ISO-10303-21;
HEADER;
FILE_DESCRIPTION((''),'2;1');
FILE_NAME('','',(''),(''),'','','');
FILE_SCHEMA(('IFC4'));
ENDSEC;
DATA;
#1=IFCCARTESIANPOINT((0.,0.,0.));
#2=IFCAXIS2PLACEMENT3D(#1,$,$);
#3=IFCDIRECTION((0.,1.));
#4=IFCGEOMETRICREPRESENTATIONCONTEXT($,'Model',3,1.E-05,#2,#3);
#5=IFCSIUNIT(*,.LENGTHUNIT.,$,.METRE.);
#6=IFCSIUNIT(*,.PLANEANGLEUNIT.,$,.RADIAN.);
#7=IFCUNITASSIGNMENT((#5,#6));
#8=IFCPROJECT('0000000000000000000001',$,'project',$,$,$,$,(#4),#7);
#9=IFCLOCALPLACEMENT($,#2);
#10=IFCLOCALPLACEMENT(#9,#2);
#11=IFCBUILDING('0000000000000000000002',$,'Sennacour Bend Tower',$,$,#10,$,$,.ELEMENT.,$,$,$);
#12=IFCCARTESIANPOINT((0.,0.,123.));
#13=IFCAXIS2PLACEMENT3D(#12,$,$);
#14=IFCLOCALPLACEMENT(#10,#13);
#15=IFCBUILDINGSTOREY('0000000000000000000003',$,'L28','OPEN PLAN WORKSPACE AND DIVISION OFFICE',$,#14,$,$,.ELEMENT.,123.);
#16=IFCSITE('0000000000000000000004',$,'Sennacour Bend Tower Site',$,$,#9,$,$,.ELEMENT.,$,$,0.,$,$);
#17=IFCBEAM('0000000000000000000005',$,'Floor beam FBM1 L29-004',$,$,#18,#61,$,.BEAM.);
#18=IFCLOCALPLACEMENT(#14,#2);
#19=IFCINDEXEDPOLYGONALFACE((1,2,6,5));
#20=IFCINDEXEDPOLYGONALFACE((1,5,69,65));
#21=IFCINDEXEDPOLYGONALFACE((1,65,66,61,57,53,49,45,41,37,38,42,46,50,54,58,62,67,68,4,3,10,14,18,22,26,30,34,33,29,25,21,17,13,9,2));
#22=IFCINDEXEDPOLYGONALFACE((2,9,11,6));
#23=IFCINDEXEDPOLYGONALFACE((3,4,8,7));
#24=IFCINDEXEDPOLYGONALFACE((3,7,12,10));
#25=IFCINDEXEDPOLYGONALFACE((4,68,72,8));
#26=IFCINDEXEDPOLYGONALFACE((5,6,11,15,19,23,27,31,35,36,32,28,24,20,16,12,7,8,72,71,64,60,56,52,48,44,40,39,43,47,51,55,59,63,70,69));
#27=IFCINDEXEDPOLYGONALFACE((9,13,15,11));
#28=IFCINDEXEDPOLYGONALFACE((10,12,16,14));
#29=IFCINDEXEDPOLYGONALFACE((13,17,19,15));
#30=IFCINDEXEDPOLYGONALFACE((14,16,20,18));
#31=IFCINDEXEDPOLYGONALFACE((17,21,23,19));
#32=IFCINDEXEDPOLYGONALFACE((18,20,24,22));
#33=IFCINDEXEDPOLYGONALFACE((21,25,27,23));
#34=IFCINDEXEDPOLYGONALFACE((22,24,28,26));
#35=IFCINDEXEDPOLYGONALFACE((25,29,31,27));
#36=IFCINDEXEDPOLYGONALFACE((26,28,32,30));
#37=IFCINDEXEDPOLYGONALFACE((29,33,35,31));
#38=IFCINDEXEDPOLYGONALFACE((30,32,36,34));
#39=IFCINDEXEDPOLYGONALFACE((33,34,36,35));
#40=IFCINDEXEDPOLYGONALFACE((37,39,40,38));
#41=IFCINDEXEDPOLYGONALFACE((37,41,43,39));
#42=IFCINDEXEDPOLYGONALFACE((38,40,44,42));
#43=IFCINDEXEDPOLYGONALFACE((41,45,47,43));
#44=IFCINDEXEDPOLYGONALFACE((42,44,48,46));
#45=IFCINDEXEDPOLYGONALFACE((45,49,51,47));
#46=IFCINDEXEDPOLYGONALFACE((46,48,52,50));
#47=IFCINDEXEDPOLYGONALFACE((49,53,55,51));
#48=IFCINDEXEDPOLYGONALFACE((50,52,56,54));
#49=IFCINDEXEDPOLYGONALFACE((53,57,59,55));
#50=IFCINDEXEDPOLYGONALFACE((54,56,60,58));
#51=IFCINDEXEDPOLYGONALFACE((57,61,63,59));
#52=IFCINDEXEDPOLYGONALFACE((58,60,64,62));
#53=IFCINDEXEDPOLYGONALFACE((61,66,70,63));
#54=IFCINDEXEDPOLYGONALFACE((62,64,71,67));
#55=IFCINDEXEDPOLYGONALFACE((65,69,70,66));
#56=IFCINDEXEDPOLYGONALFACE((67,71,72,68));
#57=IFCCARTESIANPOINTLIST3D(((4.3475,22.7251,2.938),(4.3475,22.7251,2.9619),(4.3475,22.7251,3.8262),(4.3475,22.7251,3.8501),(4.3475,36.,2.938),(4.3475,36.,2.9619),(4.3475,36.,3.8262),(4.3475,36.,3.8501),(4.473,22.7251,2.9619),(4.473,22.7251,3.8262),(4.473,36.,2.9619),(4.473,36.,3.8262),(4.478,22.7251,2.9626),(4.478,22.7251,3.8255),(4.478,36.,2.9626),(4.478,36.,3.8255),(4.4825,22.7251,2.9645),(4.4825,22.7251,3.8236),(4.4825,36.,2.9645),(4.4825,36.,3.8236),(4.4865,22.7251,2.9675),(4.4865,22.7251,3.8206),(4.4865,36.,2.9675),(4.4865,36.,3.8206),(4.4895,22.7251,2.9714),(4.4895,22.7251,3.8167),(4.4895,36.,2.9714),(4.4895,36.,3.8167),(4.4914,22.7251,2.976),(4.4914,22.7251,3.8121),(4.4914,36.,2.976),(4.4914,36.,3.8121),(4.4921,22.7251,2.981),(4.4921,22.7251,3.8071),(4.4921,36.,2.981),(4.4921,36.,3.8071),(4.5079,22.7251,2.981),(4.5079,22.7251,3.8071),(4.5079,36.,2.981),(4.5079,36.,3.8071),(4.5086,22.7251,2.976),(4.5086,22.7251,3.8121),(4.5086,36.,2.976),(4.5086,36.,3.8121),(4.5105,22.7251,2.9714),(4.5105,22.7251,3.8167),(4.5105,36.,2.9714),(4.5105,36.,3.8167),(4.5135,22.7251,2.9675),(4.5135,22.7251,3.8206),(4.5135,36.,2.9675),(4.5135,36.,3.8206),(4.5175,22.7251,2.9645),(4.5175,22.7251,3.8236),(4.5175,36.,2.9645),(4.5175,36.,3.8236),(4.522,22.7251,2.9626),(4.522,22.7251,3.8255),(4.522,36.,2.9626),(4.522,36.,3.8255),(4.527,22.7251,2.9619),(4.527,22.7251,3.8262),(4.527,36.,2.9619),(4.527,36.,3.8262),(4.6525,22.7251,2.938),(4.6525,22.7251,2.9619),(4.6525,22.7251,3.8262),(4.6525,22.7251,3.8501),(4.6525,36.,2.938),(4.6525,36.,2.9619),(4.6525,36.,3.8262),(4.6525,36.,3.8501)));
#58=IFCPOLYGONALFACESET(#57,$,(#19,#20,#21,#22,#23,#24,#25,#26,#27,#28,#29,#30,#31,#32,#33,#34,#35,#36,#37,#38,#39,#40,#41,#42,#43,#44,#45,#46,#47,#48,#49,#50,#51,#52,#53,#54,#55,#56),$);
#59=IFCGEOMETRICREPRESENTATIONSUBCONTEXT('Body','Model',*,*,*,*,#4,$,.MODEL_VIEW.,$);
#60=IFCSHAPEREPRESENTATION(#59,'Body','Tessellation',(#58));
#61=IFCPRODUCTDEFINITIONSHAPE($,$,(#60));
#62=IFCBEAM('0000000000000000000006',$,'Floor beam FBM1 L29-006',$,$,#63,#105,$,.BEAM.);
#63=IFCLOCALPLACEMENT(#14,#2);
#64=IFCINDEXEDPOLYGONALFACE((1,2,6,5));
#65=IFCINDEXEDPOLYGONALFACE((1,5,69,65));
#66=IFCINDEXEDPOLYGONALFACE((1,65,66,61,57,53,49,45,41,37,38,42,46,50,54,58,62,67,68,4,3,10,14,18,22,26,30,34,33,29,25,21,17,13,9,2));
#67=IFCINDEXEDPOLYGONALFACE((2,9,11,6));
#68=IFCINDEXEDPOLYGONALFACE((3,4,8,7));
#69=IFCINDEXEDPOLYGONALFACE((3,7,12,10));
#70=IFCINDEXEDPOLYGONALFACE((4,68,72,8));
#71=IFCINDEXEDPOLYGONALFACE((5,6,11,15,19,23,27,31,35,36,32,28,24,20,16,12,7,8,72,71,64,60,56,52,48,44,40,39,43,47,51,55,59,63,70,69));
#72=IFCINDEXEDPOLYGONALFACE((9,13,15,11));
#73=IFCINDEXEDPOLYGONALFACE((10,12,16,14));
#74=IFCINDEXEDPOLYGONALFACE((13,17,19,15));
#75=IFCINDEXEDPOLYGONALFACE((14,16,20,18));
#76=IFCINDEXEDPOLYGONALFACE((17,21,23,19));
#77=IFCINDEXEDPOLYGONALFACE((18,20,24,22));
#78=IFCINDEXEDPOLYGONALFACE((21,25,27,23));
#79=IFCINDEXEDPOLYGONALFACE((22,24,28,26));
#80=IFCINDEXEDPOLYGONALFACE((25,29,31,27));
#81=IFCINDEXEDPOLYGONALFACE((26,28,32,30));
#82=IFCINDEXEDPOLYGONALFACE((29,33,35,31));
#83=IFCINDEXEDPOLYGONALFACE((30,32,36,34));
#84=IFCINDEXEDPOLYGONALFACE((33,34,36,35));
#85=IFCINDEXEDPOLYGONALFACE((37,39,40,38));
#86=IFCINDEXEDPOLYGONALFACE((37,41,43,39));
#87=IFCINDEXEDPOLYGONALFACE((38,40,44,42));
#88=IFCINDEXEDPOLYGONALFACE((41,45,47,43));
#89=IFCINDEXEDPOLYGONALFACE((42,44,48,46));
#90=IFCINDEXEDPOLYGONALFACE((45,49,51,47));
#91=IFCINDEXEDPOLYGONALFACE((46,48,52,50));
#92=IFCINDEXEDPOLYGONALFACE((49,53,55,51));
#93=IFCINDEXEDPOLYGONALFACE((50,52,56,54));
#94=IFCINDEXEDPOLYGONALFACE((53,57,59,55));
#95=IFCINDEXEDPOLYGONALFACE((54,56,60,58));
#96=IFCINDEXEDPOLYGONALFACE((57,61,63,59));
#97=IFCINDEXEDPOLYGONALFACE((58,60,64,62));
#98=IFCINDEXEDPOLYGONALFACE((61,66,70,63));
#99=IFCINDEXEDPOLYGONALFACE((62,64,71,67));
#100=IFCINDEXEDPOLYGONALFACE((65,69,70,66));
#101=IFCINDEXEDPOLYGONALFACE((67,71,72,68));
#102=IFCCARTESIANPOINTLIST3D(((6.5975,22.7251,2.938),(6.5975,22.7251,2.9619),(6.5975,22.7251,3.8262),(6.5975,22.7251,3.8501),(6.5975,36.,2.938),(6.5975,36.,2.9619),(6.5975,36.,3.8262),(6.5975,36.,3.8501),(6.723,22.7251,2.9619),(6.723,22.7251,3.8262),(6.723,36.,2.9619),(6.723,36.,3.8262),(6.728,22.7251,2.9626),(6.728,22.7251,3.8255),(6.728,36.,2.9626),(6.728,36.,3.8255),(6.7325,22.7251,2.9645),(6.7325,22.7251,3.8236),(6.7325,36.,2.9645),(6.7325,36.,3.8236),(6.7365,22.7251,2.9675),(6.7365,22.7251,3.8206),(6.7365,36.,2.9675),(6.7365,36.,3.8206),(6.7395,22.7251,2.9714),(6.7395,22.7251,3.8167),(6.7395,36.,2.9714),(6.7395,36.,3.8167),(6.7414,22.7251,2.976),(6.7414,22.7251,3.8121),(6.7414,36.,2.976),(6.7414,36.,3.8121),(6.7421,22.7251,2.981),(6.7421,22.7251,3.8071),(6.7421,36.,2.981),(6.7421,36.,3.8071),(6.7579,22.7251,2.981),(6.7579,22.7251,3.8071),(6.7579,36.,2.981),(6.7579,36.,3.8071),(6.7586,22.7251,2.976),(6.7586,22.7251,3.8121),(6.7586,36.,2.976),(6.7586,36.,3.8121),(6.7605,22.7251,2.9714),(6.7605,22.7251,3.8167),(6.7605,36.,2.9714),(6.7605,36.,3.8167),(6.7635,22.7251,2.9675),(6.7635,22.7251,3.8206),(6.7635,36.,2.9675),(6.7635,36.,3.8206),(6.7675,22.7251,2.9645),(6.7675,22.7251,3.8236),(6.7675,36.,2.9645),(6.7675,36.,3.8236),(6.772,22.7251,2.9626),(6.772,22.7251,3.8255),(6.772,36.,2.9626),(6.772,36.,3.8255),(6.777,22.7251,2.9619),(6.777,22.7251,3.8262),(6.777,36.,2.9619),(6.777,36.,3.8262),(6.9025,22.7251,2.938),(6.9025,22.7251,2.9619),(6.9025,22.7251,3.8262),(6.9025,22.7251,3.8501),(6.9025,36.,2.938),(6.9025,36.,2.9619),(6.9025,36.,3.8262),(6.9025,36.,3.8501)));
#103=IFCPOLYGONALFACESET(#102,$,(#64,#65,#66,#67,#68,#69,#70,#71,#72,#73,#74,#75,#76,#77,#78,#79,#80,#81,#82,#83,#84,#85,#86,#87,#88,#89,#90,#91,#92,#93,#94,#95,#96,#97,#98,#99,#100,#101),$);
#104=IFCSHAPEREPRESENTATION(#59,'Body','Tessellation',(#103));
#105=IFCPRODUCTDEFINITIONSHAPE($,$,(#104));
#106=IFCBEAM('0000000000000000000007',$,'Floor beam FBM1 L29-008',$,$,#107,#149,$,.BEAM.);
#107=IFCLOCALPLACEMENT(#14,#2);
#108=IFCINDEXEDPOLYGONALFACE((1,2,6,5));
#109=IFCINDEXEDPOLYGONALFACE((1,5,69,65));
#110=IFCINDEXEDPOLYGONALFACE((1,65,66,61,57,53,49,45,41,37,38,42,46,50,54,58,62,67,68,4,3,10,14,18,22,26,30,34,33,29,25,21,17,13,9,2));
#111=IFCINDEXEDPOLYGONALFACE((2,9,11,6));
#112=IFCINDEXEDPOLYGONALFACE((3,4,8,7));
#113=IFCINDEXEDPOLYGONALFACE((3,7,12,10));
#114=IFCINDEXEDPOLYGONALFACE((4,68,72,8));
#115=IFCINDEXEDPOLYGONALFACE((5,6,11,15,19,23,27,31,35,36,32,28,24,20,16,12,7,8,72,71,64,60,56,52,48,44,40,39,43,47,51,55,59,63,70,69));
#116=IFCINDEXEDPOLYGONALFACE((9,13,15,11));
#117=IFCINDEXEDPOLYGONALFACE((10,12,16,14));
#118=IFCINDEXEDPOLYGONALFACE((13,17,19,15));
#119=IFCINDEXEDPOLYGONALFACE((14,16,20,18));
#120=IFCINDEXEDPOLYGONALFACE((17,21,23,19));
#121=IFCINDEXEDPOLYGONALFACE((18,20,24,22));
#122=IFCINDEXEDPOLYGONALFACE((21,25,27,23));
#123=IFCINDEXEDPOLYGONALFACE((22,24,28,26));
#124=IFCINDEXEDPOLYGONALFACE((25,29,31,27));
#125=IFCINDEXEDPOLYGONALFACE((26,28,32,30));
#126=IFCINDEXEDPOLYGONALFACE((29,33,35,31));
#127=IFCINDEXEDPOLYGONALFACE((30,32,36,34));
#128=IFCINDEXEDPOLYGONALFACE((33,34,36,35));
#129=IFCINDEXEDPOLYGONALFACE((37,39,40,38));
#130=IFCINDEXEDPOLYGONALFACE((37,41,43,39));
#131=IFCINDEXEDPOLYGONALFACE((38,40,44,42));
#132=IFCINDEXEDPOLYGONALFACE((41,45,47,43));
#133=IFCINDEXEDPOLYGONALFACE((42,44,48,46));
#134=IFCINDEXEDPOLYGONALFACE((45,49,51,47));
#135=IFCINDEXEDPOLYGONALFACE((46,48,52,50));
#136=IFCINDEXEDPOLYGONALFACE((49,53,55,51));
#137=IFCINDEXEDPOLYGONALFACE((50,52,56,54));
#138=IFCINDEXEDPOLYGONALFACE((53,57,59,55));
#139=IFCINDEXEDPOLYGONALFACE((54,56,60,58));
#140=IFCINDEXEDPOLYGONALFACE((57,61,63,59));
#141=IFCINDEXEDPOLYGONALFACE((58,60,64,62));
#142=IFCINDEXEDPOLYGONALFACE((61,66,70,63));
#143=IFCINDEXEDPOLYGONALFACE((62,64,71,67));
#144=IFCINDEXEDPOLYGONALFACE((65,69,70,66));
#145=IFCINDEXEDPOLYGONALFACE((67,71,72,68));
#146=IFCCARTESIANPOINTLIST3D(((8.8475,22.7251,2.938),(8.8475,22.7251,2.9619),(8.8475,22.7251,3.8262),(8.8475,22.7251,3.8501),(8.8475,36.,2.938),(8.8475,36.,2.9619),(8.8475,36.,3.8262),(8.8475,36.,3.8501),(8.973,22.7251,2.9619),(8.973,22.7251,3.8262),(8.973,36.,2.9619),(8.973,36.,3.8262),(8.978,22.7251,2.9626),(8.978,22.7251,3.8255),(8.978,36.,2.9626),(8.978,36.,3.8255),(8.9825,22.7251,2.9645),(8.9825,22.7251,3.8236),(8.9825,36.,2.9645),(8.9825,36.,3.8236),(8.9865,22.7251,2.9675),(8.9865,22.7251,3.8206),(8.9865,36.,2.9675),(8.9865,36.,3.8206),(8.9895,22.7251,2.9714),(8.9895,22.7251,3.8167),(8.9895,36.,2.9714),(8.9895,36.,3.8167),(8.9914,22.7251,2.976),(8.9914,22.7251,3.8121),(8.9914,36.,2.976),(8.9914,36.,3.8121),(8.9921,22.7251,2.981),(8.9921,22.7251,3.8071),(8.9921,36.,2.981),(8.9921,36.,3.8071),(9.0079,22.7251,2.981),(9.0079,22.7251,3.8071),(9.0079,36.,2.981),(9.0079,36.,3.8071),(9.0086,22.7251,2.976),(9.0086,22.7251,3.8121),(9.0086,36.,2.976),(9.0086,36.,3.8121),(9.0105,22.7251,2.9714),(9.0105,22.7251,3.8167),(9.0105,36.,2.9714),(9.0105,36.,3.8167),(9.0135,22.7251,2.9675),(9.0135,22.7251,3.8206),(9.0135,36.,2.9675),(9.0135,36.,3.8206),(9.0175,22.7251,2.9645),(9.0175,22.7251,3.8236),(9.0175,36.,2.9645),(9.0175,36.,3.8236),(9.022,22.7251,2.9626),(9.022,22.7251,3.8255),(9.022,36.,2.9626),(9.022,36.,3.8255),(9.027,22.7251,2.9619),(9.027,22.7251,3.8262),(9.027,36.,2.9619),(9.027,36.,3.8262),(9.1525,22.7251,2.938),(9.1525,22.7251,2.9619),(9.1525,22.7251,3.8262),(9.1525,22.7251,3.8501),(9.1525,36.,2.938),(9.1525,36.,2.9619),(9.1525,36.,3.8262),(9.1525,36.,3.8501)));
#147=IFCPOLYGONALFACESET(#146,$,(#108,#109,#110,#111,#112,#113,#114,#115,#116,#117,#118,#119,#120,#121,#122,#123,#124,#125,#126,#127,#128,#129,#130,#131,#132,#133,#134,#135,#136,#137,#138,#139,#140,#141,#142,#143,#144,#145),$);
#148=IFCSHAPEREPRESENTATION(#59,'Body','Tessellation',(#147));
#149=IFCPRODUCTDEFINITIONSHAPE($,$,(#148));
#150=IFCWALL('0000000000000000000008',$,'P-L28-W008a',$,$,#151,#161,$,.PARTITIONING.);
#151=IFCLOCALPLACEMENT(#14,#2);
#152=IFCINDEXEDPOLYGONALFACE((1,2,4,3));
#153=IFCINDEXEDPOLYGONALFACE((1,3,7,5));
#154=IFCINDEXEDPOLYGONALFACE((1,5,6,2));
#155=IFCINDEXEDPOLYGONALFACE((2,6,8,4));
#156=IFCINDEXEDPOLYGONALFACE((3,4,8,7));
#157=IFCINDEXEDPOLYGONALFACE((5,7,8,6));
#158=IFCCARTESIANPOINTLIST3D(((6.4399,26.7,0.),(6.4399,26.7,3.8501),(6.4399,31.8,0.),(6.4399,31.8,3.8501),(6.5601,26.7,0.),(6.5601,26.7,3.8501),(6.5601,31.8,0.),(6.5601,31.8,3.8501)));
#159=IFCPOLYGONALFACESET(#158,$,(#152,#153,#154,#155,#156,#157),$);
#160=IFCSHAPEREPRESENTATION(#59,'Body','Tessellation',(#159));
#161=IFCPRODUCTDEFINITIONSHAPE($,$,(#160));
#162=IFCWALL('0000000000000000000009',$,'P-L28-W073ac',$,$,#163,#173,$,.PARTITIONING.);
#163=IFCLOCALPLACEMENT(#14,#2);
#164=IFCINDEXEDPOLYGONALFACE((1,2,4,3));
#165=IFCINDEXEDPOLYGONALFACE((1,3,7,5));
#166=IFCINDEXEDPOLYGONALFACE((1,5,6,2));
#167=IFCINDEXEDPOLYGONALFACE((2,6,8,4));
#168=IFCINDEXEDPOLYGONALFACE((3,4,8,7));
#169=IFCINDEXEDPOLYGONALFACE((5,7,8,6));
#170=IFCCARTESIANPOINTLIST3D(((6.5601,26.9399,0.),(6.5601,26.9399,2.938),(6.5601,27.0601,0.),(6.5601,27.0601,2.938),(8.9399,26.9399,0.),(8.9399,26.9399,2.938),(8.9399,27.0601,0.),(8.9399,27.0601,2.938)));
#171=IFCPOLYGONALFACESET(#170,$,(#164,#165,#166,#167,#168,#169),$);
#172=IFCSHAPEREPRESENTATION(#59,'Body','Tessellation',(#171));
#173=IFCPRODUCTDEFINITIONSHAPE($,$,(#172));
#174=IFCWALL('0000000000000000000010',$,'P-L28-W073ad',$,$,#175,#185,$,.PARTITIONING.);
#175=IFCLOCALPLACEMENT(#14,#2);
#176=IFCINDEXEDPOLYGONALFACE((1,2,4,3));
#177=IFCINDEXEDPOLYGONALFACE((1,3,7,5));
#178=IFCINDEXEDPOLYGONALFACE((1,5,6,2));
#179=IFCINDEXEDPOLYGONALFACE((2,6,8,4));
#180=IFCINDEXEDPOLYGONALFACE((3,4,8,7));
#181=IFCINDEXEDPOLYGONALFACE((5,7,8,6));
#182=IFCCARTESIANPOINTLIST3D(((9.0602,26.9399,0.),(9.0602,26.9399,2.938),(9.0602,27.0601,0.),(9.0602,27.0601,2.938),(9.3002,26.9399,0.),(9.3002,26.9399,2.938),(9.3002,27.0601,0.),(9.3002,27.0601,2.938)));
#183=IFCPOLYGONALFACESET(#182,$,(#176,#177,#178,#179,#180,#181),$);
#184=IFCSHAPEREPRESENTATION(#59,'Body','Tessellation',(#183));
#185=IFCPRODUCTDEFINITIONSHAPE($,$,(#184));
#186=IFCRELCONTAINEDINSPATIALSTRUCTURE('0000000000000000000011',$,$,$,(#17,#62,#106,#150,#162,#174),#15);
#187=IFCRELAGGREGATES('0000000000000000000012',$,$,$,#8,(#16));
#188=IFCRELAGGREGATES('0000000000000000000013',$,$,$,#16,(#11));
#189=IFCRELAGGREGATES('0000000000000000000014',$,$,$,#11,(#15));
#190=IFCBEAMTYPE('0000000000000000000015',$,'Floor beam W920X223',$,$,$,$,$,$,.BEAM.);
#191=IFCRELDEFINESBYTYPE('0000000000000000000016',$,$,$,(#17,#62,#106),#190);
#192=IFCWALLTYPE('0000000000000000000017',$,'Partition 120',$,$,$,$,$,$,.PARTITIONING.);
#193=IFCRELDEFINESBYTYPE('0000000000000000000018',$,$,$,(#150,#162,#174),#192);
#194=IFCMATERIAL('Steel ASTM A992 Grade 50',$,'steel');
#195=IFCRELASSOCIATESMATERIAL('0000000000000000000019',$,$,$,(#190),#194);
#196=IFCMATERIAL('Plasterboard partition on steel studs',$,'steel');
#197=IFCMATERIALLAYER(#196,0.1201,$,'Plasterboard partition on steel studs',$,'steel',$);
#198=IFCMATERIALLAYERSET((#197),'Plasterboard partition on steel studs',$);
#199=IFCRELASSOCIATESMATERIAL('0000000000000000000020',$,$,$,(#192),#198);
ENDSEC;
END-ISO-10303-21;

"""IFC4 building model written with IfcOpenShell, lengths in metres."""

from ifc_helpers import new_model, si_unit, direction, frame, frame_2d, origin, origin_2d, place, context, subcontext, project, spatial, rectangle, i_section, extrude, material, layer, layer_set, material_profile, profile_set, type_object, element, save


model = new_model("IFC4")

# Units and contexts
model_context = context("Model", 3, precision=1e-05, world=origin(), true_north=direction((0.0, 1.0)))
body_context = subcontext(model_context, "Body", "Model", "MODEL_VIEW")
ifc_project = project(units=[si_unit("LENGTHUNIT", "METRE"), si_unit("PLANEANGLEUNIT", "RADIAN")], contexts=[model_context])

# Site, building, storey
site_placement = place(None, origin())
site = spatial("IfcSite", under=ifc_project, at=site_placement, Name="Sennacour Bend Tower Site", CompositionType="ELEMENT", RefElevation=0.0)
building_placement = place(site_placement, origin())
building = spatial("IfcBuilding", under=site, at=building_placement, Name="Sennacour Bend Tower", CompositionType="ELEMENT")
storey_placement = place(building_placement, frame((0.0, 0.0, 123.0)))
storey = spatial("IfcBuildingStorey", under=building, at=storey_placement, Name="L28", Description="OPEN PLAN WORKSPACE AND DIVISION OFFICE", CompositionType="ELEMENT", Elevation=123.0)

# Beams
ifc_material_1 = material(Name="Steel ASTM A992 Grade 50", Category="steel")
ifc_material_profile = material_profile(ifc_material_1, i_section(OverallWidth=0.3049, OverallDepth=0.9121, WebThickness=0.0159, FlangeThickness=0.0239, FilletRadius=0.019, at=origin_2d()), Name="Steel ASTM A992 Grade 50", Category="steel")
ifc_profile_set = profile_set([ifc_material_profile], Name="Steel ASTM A992 Grade 50")
beam_type = type_object("IfcBeamType", Name="Floor beam W920X223", PredefinedType="BEAM", material=ifc_profile_set)
for number, where, z_axis, x_axis, name in (
    (1, (4.5, 22.7251, 3.394), (0.0, 1.0, 0.0), (-1.0, 0.0, 0.0), "Floor beam FBM1 L29-004"),
    (2, (6.75, 22.7251, 3.394), (0.0, 1.0, 0.0), (-1.0, 0.0, 0.0), "Floor beam FBM1 L29-006"),
    (3, (9.0, 22.7251, 3.394), (0.0, 1.0, 0.0), (-1.0, 0.0, 0.0), "Floor beam FBM1 L29-008"),
):
    element("IfcBeam", number, at=place(storey_placement, frame(where, z_axis=z_axis, x_axis=x_axis)), inside=storey, type_object=beam_type, Name=name, PredefinedType="BEAM", context=body_context, shape_type="SweptSolid", body=[
        extrude(i_section(OverallWidth=0.3049, OverallDepth=0.9121, WebThickness=0.0159, FlangeThickness=0.0239, FilletRadius=0.019, at=origin_2d()), origin(), (0.0, 0.0, 1.0), 13.2749),
    ])

# Walls
ifc_material_2 = material(Name="Plasterboard partition on steel studs", Category="steel")
ifc_layer_1 = layer(ifc_material_2, 0.1201, Name="Plasterboard partition on steel studs", Category="steel")
ifc_layer_set_1 = layer_set([ifc_layer_1], Name="Plasterboard partition on steel studs")
wall_type_1 = type_object("IfcWallType", Name="Partition 120", PredefinedType="PARTITIONING", material=ifc_layer_set_1)
wall_1_placement = place(storey_placement, frame((6.5, 26.7, 0.0), z_axis=(0.0, 0.0, 1.0), x_axis=(0.0, 1.0, 0.0)))
element("IfcWall", 4, at=wall_1_placement, inside=storey, type_object=wall_type_1, Name="P-L28-W008a", PredefinedType="PARTITIONING", context=body_context, shape_type="SweptSolid", body=[
    extrude(rectangle(XDim=5.1001, YDim=0.1201, at=frame_2d((2.55, 0.0))), origin(), (0.0, 0.0, 1.0), 3.8501),
])
wall_2_placement = place(storey_placement, frame((6.5601, 27.0, 0.0), z_axis=(0.0, 0.0, 1.0), x_axis=(1.0, 0.0, 0.0)))
element("IfcWall", 5, at=wall_2_placement, inside=storey, type_object=wall_type_1, Name="P-L28-W073ac", PredefinedType="PARTITIONING", context=body_context, shape_type="SweptSolid", body=[
    extrude(rectangle(XDim=2.3799, YDim=0.1201, at=frame_2d((1.1899, 0.0))), origin(), (0.0, 0.0, 1.0), 2.938),
])
wall_3_placement = place(storey_placement, frame((9.0601, 27.0, 0.0), z_axis=(0.0, 0.0, 1.0), x_axis=(1.0, 0.0, 0.0)))
element("IfcWall", 6, at=wall_3_placement, inside=storey, type_object=wall_type_1, Name="P-L28-W073ad", PredefinedType="PARTITIONING", context=body_context, shape_type="SweptSolid", body=[
    extrude(rectangle(XDim=0.24, YDim=0.1201, at=frame_2d((0.1201, 0.0))), origin(), (0.0, 0.0, 1.0), 2.938),
])

save(model, "model.ifc")
